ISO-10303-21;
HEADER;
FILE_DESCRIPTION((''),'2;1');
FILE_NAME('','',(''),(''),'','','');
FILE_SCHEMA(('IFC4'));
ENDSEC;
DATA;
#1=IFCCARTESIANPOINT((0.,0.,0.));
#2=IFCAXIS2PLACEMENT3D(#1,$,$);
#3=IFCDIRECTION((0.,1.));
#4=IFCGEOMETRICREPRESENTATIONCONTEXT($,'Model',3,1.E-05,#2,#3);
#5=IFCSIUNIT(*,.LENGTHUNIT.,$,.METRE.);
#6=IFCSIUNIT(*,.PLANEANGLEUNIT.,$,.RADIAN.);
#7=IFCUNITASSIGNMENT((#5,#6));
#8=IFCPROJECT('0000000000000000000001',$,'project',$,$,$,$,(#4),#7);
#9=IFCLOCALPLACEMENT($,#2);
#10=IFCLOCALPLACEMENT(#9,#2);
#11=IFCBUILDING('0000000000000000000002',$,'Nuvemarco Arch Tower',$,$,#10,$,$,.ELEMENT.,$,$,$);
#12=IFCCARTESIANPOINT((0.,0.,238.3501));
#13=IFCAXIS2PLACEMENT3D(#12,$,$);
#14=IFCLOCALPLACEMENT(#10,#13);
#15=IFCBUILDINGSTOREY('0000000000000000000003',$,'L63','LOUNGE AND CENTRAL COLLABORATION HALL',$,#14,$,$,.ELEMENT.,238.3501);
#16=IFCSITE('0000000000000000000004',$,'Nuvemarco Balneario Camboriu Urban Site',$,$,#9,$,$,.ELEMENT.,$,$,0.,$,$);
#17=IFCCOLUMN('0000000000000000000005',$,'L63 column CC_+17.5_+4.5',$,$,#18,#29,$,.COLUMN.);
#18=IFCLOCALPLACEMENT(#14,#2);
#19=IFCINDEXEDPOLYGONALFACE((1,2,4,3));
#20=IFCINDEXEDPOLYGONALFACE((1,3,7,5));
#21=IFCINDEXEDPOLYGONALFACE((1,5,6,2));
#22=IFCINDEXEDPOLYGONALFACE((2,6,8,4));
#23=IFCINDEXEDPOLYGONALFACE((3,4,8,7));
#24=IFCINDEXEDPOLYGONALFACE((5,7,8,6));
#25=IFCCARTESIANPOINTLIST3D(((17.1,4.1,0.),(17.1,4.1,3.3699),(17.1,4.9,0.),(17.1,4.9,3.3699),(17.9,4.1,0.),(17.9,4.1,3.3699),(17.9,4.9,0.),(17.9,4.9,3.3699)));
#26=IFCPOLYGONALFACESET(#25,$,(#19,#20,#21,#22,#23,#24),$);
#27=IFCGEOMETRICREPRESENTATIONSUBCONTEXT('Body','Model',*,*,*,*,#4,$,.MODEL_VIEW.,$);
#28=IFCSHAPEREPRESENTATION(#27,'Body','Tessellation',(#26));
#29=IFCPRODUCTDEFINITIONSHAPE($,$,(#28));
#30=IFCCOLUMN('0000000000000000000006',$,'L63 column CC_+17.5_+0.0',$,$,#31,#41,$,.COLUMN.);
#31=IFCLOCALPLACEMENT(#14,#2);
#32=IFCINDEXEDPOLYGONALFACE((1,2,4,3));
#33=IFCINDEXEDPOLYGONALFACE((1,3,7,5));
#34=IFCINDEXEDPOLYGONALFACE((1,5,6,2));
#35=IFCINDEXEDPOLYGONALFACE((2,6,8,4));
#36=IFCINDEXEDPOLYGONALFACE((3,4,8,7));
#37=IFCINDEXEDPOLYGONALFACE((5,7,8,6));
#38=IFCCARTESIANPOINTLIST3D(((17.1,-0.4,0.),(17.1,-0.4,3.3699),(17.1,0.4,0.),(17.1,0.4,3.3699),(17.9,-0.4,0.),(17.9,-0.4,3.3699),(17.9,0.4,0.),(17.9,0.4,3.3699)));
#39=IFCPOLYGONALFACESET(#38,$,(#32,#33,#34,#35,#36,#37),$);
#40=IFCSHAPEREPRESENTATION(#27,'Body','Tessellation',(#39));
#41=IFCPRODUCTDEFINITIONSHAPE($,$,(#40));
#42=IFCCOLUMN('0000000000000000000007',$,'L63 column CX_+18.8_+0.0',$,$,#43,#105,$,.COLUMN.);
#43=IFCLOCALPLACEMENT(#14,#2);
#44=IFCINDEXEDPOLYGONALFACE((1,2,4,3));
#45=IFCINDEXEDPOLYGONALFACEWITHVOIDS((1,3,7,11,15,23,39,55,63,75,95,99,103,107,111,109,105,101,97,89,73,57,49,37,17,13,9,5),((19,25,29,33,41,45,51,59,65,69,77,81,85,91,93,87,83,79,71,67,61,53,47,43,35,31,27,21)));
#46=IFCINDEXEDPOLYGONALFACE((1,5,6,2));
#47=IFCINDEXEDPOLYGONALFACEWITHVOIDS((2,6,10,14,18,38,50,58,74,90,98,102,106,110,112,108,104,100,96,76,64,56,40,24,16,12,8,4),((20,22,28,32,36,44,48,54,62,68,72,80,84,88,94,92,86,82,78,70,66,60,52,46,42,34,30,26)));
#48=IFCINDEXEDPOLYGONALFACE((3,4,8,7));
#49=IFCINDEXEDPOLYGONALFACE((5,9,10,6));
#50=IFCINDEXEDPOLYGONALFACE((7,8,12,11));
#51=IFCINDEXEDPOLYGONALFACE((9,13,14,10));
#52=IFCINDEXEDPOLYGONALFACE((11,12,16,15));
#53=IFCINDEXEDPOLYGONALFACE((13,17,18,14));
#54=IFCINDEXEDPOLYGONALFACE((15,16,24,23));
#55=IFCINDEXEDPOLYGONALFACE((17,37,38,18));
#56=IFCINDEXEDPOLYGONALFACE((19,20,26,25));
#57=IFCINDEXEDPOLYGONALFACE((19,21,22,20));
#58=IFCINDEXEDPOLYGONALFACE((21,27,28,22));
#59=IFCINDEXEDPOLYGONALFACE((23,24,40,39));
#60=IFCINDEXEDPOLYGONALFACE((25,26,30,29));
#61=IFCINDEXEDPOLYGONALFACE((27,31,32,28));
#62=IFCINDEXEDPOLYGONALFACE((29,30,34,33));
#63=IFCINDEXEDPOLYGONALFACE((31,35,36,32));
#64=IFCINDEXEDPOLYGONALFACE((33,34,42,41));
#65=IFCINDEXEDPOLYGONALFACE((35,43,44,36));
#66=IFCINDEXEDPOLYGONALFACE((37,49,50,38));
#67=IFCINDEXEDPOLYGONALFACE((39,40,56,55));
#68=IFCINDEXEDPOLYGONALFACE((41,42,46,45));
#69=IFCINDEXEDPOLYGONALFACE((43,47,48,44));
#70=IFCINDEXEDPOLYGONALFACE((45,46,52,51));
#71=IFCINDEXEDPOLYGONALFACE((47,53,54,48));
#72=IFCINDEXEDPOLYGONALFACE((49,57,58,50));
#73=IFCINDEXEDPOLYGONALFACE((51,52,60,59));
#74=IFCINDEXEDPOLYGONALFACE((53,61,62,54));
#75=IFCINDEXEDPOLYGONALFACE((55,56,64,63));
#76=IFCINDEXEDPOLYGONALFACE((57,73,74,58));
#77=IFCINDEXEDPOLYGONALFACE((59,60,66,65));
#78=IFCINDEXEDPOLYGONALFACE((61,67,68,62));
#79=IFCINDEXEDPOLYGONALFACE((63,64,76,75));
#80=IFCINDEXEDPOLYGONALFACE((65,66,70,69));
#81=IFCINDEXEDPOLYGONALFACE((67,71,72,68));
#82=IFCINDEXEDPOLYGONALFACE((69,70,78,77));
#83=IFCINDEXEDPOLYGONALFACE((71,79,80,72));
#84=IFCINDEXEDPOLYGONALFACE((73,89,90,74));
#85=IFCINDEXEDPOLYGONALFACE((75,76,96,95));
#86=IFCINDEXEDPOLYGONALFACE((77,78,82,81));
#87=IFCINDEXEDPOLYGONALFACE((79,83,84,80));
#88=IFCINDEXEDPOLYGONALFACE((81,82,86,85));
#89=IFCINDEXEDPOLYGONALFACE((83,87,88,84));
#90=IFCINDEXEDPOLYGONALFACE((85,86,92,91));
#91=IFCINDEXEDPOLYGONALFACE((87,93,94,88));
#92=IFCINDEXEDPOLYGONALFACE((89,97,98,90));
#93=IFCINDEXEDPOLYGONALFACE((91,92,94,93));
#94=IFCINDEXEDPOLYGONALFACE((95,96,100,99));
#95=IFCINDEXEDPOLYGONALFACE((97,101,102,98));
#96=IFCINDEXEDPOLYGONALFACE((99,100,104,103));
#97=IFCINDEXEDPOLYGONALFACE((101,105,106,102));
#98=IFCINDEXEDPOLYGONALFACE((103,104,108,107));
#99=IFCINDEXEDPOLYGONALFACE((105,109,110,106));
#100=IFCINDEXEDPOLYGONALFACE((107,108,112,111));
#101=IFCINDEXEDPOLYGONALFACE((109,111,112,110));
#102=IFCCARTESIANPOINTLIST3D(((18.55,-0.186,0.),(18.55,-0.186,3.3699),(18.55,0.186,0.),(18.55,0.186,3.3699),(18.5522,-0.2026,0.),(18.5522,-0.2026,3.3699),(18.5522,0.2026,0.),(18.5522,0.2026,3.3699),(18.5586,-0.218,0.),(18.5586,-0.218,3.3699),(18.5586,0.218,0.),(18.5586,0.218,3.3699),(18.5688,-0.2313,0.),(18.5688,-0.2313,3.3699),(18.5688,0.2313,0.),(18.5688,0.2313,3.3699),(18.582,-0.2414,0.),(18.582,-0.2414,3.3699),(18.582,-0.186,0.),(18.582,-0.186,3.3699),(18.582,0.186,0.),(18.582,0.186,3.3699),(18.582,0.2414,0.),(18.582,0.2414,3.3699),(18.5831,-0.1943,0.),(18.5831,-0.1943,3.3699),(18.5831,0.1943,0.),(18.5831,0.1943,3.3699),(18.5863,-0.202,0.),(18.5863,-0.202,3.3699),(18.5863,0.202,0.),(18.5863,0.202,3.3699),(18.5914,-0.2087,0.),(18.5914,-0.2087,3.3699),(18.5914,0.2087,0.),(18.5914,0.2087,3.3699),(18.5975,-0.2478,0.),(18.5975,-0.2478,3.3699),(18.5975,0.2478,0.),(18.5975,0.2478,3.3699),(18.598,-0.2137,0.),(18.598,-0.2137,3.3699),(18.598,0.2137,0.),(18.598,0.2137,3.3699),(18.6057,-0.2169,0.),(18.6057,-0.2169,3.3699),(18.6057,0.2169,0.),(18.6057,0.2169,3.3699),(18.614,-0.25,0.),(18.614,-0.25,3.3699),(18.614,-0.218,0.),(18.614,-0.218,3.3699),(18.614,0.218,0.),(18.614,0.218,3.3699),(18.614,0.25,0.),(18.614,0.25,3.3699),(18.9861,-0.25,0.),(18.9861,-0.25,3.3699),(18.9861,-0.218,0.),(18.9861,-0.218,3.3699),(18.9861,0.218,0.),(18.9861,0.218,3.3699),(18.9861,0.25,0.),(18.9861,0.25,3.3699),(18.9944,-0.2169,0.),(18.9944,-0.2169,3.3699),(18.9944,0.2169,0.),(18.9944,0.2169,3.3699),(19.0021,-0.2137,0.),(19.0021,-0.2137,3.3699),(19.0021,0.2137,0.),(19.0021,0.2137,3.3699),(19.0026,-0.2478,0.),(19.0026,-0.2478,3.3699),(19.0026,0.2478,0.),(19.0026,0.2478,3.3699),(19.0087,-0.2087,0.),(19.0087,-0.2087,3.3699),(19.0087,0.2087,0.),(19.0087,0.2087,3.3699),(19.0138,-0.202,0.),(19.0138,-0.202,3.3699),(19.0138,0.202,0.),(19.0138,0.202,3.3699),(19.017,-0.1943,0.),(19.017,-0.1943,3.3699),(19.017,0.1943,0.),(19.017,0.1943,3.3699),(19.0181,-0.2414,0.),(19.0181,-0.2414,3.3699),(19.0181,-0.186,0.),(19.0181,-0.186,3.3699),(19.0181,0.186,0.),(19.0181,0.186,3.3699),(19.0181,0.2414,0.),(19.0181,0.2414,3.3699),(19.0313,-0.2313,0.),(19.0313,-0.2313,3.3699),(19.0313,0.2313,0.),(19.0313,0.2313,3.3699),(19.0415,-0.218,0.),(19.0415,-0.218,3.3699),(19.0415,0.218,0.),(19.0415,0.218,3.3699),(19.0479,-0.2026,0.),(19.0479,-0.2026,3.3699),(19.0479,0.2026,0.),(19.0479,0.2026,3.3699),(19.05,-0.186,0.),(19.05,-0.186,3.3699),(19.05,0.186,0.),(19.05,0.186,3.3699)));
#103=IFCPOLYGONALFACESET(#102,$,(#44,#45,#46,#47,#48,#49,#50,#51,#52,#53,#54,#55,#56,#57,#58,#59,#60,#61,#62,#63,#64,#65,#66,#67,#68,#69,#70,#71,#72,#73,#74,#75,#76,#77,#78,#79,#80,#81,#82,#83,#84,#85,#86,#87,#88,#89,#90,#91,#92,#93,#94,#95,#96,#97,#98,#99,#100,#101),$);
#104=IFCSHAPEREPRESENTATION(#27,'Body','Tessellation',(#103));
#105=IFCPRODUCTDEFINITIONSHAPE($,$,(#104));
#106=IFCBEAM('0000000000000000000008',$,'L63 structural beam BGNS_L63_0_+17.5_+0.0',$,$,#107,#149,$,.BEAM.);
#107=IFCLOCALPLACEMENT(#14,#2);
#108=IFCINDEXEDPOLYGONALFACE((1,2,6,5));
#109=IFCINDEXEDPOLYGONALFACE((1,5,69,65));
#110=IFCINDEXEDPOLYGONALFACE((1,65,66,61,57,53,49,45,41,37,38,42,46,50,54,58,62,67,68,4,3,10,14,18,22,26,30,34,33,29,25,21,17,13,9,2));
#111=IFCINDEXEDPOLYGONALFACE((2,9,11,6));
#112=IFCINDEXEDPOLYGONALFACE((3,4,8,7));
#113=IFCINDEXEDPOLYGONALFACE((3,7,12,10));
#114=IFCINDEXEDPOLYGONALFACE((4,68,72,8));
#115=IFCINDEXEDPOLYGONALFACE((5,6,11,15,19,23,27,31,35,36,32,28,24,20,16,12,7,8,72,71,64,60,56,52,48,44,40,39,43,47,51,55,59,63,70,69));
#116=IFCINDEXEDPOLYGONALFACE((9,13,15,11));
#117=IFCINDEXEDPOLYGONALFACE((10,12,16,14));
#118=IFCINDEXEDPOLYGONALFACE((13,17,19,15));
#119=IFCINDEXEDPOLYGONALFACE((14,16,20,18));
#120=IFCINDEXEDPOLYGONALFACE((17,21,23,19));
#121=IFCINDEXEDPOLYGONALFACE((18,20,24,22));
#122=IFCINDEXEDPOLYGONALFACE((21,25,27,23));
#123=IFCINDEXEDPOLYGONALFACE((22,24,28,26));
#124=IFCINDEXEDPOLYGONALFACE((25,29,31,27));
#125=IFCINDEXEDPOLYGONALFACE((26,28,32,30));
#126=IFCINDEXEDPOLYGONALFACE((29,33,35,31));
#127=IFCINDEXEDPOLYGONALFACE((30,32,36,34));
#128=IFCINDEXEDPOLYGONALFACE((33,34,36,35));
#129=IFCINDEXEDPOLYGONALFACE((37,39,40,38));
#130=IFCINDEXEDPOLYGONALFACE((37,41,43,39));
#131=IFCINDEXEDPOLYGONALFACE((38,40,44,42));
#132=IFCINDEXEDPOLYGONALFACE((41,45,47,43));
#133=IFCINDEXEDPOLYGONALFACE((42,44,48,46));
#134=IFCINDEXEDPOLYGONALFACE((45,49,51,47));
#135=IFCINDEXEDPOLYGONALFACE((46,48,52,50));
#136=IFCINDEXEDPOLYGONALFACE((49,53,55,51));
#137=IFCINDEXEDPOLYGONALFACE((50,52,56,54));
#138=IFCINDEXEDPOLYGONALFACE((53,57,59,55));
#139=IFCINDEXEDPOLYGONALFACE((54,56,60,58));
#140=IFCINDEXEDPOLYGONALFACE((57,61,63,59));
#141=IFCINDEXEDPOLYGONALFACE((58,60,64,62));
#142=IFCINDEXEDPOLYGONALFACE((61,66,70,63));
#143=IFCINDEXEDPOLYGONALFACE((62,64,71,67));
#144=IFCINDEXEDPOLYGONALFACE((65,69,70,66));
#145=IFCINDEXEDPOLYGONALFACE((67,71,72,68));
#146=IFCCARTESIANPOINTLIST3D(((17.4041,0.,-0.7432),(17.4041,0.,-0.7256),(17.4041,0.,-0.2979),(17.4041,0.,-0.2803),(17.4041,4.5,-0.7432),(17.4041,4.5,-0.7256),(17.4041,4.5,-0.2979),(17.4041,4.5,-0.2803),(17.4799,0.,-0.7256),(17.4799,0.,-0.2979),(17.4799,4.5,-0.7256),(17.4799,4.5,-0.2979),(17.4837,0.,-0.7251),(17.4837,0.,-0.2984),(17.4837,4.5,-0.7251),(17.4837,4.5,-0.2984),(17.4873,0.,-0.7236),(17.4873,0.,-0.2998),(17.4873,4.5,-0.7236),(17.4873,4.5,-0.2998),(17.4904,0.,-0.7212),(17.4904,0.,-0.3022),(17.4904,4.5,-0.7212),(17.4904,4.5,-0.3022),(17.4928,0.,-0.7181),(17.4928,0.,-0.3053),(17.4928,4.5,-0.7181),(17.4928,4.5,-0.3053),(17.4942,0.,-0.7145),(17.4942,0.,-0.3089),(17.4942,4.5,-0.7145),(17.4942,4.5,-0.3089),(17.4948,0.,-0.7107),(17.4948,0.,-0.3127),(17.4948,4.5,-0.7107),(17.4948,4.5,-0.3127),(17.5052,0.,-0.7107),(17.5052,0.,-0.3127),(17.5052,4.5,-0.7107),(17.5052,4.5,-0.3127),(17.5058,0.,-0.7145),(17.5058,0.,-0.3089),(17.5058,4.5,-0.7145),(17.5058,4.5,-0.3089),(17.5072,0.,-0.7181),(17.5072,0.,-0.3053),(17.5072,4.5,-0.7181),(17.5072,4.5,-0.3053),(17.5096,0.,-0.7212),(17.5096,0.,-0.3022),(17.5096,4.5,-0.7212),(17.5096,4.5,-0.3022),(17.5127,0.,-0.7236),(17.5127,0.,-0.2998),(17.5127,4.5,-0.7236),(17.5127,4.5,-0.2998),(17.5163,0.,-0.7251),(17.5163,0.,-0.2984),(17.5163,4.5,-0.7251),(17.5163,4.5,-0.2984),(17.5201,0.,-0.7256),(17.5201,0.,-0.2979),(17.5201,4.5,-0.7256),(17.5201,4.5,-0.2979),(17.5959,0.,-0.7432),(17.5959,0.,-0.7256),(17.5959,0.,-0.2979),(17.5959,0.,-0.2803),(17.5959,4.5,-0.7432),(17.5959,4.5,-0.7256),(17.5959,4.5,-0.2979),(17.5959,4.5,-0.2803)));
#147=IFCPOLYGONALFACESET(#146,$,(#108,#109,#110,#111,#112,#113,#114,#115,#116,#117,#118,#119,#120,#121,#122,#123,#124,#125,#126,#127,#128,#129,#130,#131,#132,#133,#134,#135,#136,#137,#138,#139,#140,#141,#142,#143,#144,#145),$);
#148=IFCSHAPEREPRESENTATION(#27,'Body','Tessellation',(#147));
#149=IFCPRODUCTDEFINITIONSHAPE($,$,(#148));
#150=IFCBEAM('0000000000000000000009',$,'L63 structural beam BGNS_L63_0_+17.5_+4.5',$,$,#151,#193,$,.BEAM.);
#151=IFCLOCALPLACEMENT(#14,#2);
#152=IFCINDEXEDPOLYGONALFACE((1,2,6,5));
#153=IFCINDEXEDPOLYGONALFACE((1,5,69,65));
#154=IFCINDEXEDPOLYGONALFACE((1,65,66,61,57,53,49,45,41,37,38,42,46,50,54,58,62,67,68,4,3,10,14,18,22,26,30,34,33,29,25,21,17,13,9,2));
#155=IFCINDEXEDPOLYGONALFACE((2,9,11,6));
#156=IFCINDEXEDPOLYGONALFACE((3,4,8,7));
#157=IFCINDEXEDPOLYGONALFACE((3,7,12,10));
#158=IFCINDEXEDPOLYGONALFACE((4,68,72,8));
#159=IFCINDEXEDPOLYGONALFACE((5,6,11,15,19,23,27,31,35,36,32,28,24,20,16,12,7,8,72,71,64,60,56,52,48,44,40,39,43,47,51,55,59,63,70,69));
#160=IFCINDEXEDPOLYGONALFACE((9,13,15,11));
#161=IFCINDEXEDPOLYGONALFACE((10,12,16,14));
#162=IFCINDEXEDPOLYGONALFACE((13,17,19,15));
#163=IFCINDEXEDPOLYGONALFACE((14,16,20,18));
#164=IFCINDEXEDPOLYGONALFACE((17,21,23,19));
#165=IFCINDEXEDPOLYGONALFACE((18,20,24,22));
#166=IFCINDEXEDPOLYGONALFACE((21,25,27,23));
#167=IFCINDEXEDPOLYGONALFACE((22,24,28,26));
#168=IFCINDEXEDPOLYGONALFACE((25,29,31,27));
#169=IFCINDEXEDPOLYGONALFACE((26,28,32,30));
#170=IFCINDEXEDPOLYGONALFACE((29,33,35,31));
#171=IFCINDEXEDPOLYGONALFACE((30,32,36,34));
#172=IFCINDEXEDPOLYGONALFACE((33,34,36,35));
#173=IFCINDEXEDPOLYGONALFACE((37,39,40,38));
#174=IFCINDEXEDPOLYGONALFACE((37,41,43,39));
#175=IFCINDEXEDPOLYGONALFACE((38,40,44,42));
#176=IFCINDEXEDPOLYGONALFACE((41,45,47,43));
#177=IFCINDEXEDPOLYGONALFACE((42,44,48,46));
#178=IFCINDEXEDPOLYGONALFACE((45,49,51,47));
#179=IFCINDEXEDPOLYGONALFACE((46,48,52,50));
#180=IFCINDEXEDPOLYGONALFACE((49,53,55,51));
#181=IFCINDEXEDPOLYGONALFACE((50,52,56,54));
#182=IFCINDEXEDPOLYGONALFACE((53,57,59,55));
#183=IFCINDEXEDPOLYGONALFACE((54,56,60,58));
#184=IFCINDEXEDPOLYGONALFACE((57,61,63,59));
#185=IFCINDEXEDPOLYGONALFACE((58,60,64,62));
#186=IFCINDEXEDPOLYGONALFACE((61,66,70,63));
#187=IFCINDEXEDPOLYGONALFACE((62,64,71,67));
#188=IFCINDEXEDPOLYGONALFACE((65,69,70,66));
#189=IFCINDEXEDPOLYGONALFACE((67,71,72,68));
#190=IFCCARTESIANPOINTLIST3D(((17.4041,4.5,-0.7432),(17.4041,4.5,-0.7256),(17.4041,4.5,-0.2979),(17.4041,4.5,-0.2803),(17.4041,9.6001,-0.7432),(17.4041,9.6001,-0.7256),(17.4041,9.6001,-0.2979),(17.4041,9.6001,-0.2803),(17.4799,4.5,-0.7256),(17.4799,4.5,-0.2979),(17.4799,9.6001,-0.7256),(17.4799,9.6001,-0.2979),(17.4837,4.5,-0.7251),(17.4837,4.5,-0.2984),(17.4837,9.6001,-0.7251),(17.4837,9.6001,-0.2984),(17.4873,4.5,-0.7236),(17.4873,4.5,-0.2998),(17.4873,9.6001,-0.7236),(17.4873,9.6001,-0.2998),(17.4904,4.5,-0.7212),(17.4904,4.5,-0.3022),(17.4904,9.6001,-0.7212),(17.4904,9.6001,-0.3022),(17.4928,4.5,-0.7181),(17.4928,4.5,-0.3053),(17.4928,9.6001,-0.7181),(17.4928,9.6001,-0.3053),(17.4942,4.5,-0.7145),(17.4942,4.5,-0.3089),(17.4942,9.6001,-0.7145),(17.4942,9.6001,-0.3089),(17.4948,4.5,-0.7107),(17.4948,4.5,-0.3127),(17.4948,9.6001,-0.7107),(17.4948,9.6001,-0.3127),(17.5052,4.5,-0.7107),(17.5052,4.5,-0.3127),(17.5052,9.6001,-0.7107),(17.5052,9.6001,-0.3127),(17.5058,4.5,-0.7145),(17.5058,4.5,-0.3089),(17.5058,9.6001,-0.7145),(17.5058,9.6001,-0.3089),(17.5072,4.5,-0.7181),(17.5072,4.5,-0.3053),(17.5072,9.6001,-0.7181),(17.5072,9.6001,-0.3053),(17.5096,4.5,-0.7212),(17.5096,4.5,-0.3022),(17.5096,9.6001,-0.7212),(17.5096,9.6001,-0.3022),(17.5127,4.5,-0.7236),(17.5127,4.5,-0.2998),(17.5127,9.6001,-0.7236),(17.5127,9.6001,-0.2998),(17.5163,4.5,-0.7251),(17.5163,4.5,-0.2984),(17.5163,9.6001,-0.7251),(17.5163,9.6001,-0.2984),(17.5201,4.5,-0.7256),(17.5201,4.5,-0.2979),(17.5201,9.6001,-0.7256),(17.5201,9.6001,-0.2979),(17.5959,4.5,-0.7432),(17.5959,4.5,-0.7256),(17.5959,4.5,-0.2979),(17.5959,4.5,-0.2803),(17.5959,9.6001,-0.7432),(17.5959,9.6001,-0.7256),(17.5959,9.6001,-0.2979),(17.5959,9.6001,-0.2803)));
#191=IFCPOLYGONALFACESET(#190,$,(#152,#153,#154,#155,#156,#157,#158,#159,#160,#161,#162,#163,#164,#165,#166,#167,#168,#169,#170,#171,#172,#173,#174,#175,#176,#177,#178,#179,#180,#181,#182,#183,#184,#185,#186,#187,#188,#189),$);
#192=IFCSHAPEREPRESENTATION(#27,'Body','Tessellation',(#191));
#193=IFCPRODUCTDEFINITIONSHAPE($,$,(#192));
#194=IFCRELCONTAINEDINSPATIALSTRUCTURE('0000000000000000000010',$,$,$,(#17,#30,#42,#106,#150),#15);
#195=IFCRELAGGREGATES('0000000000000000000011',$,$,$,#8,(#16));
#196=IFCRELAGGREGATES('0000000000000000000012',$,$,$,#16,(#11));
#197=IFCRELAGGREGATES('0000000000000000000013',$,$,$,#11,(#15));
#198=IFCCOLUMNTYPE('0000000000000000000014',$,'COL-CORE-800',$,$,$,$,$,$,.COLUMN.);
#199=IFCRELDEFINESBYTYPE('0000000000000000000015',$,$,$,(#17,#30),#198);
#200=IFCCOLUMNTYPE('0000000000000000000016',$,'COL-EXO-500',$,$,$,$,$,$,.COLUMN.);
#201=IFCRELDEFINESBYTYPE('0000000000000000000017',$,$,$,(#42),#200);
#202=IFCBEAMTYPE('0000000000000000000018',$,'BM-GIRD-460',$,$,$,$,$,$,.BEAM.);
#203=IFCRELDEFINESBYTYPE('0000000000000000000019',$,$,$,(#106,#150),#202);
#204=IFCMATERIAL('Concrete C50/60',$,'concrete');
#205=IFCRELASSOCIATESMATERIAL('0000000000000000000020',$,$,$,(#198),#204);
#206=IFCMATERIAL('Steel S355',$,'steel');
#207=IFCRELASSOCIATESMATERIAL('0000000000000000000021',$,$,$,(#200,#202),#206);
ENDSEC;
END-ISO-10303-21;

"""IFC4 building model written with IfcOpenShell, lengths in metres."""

from ifc_helpers import new_model, si_unit, direction, frame, origin, origin_2d, place, context, subcontext, project, spatial, rectangle, hollow_rectangle, i_section, extrude, material, material_profile, profile_set, type_object, element, save


model = new_model("IFC4")

# Units and contexts
model_context = context("Model", 3, precision=1e-05, world=origin(), true_north=direction((0.0, 1.0)))
body_context = subcontext(model_context, "Body", "Model", "MODEL_VIEW")
ifc_project = project(units=[si_unit("LENGTHUNIT", "METRE"), si_unit("PLANEANGLEUNIT", "RADIAN")], contexts=[model_context])

# Site, building, storey
site_placement = place(None, origin())
site = spatial("IfcSite", under=ifc_project, at=site_placement, Name="Nuvemarco Balneario Camboriu Urban Site", CompositionType="ELEMENT", RefElevation=0.0)
building_placement = place(site_placement, origin())
building = spatial("IfcBuilding", under=site, at=building_placement, Name="Nuvemarco Arch Tower", CompositionType="ELEMENT")
storey_placement = place(building_placement, frame((0.0, 0.0, 238.3501)))
storey = spatial("IfcBuildingStorey", under=building, at=storey_placement, Name="L63", Description="LOUNGE AND CENTRAL COLLABORATION HALL", CompositionType="ELEMENT", Elevation=238.3501)

# Columns
ifc_material_1 = material(Name="Concrete C50/60", Category="concrete")
ifc_material_profile_1 = material_profile(ifc_material_1, rectangle(XDim=0.8, YDim=0.8, at=origin_2d()), Name="RC-COL-800x800")
ifc_profile_set_1 = profile_set([ifc_material_profile_1], Name="Concrete C50/60")
column_type_1 = type_object("IfcColumnType", Name="COL-CORE-800", PredefinedType="COLUMN", material=ifc_profile_set_1)
for number, where, z_axis, x_axis, name in (
    (1, (17.5, 4.5, 0.0), (0.0, 0.0, 1.0), (1.0, 0.0, 0.0), "L63 column CC_+17.5_+4.5"),
    (2, (17.5, 0.0, 0.0), (0.0, 0.0, 1.0), (1.0, 0.0, 0.0), "L63 column CC_+17.5_+0.0"),
):
    element("IfcColumn", number, at=place(storey_placement, frame(where, z_axis=z_axis, x_axis=x_axis)), inside=storey, type_object=column_type_1, Name=name, PredefinedType="COLUMN", context=body_context, shape_type="SweptSolid", body=[
        extrude(rectangle(XDim=0.8, YDim=0.8, at=origin_2d()), origin(), (0.0, 0.0, 1.0), 3.3699),
    ])
ifc_material_2 = material(Name="Steel S355", Category="steel")
ifc_material_profile_2 = material_profile(ifc_material_2, hollow_rectangle(XDim=0.5, YDim=0.5, WallThickness=0.032, InnerFilletRadius=0.032, OuterFilletRadius=0.064, at=origin_2d()), Name="SHS500x500x32")
ifc_profile_set_2 = profile_set([ifc_material_profile_2], Name="Steel S355")
column_type_2 = type_object("IfcColumnType", Name="COL-EXO-500", PredefinedType="COLUMN", material=ifc_profile_set_2)
column_placement = place(storey_placement, frame((18.8, 0.0, 0.0), z_axis=(0.0, 0.0, 1.0), x_axis=(1.0, 0.0, 0.0)))
element("IfcColumn", 3, at=column_placement, inside=storey, type_object=column_type_2, Name="L63 column CX_+18.8_+0.0", PredefinedType="COLUMN", context=body_context, shape_type="SweptSolid", body=[
    extrude(hollow_rectangle(XDim=0.5, YDim=0.5, WallThickness=0.032, InnerFilletRadius=0.032, OuterFilletRadius=0.064, at=origin_2d()), origin(), (0.0, 0.0, 1.0), 3.3699),
])

# Beams
ifc_material_profile_3 = material_profile(ifc_material_2, i_section(OverallWidth=0.1919, OverallDepth=0.4629, WebThickness=0.0105, FlangeThickness=0.0176, FilletRadius=0.0149, at=origin_2d()), Name="W460x89")
ifc_profile_set_3 = profile_set([ifc_material_profile_3], Name="Steel S355")
beam_type_1 = type_object("IfcBeamType", Name="BM-GIRD-460", PredefinedType="BEAM", material=ifc_profile_set_3)
beam_1_placement = place(storey_placement, frame((17.5, 0.0, -0.5117), z_axis=(0.0, 1.0, 0.0), x_axis=(-1.0, 0.0, 0.0)))
element("IfcBeam", 4, at=beam_1_placement, inside=storey, type_object=beam_type_1, Name="L63 structural beam BGNS_L63_0_+17.5_+0.0", PredefinedType="BEAM", context=body_context, shape_type="SweptSolid", body=[
    extrude(i_section(OverallWidth=0.1919, OverallDepth=0.4629, WebThickness=0.0105, FlangeThickness=0.0176, FilletRadius=0.0149, at=origin_2d()), origin(), (0.0, 0.0, 1.0), 4.5),
])
beam_2_placement = place(storey_placement, frame((17.5, 4.5, -0.5117), z_axis=(0.0, 1.0, 0.0), x_axis=(-1.0, 0.0, 0.0)))
element("IfcBeam", 5, at=beam_2_placement, inside=storey, type_object=beam_type_1, Name="L63 structural beam BGNS_L63_0_+17.5_+4.5", PredefinedType="BEAM", context=body_context, shape_type="SweptSolid", body=[
    extrude(i_section(OverallWidth=0.1919, OverallDepth=0.4629, WebThickness=0.0105, FlangeThickness=0.0176, FilletRadius=0.0149, at=origin_2d()), origin(), (0.0, 0.0, 1.0), 5.1001),
])

save(model, "model.ifc")
